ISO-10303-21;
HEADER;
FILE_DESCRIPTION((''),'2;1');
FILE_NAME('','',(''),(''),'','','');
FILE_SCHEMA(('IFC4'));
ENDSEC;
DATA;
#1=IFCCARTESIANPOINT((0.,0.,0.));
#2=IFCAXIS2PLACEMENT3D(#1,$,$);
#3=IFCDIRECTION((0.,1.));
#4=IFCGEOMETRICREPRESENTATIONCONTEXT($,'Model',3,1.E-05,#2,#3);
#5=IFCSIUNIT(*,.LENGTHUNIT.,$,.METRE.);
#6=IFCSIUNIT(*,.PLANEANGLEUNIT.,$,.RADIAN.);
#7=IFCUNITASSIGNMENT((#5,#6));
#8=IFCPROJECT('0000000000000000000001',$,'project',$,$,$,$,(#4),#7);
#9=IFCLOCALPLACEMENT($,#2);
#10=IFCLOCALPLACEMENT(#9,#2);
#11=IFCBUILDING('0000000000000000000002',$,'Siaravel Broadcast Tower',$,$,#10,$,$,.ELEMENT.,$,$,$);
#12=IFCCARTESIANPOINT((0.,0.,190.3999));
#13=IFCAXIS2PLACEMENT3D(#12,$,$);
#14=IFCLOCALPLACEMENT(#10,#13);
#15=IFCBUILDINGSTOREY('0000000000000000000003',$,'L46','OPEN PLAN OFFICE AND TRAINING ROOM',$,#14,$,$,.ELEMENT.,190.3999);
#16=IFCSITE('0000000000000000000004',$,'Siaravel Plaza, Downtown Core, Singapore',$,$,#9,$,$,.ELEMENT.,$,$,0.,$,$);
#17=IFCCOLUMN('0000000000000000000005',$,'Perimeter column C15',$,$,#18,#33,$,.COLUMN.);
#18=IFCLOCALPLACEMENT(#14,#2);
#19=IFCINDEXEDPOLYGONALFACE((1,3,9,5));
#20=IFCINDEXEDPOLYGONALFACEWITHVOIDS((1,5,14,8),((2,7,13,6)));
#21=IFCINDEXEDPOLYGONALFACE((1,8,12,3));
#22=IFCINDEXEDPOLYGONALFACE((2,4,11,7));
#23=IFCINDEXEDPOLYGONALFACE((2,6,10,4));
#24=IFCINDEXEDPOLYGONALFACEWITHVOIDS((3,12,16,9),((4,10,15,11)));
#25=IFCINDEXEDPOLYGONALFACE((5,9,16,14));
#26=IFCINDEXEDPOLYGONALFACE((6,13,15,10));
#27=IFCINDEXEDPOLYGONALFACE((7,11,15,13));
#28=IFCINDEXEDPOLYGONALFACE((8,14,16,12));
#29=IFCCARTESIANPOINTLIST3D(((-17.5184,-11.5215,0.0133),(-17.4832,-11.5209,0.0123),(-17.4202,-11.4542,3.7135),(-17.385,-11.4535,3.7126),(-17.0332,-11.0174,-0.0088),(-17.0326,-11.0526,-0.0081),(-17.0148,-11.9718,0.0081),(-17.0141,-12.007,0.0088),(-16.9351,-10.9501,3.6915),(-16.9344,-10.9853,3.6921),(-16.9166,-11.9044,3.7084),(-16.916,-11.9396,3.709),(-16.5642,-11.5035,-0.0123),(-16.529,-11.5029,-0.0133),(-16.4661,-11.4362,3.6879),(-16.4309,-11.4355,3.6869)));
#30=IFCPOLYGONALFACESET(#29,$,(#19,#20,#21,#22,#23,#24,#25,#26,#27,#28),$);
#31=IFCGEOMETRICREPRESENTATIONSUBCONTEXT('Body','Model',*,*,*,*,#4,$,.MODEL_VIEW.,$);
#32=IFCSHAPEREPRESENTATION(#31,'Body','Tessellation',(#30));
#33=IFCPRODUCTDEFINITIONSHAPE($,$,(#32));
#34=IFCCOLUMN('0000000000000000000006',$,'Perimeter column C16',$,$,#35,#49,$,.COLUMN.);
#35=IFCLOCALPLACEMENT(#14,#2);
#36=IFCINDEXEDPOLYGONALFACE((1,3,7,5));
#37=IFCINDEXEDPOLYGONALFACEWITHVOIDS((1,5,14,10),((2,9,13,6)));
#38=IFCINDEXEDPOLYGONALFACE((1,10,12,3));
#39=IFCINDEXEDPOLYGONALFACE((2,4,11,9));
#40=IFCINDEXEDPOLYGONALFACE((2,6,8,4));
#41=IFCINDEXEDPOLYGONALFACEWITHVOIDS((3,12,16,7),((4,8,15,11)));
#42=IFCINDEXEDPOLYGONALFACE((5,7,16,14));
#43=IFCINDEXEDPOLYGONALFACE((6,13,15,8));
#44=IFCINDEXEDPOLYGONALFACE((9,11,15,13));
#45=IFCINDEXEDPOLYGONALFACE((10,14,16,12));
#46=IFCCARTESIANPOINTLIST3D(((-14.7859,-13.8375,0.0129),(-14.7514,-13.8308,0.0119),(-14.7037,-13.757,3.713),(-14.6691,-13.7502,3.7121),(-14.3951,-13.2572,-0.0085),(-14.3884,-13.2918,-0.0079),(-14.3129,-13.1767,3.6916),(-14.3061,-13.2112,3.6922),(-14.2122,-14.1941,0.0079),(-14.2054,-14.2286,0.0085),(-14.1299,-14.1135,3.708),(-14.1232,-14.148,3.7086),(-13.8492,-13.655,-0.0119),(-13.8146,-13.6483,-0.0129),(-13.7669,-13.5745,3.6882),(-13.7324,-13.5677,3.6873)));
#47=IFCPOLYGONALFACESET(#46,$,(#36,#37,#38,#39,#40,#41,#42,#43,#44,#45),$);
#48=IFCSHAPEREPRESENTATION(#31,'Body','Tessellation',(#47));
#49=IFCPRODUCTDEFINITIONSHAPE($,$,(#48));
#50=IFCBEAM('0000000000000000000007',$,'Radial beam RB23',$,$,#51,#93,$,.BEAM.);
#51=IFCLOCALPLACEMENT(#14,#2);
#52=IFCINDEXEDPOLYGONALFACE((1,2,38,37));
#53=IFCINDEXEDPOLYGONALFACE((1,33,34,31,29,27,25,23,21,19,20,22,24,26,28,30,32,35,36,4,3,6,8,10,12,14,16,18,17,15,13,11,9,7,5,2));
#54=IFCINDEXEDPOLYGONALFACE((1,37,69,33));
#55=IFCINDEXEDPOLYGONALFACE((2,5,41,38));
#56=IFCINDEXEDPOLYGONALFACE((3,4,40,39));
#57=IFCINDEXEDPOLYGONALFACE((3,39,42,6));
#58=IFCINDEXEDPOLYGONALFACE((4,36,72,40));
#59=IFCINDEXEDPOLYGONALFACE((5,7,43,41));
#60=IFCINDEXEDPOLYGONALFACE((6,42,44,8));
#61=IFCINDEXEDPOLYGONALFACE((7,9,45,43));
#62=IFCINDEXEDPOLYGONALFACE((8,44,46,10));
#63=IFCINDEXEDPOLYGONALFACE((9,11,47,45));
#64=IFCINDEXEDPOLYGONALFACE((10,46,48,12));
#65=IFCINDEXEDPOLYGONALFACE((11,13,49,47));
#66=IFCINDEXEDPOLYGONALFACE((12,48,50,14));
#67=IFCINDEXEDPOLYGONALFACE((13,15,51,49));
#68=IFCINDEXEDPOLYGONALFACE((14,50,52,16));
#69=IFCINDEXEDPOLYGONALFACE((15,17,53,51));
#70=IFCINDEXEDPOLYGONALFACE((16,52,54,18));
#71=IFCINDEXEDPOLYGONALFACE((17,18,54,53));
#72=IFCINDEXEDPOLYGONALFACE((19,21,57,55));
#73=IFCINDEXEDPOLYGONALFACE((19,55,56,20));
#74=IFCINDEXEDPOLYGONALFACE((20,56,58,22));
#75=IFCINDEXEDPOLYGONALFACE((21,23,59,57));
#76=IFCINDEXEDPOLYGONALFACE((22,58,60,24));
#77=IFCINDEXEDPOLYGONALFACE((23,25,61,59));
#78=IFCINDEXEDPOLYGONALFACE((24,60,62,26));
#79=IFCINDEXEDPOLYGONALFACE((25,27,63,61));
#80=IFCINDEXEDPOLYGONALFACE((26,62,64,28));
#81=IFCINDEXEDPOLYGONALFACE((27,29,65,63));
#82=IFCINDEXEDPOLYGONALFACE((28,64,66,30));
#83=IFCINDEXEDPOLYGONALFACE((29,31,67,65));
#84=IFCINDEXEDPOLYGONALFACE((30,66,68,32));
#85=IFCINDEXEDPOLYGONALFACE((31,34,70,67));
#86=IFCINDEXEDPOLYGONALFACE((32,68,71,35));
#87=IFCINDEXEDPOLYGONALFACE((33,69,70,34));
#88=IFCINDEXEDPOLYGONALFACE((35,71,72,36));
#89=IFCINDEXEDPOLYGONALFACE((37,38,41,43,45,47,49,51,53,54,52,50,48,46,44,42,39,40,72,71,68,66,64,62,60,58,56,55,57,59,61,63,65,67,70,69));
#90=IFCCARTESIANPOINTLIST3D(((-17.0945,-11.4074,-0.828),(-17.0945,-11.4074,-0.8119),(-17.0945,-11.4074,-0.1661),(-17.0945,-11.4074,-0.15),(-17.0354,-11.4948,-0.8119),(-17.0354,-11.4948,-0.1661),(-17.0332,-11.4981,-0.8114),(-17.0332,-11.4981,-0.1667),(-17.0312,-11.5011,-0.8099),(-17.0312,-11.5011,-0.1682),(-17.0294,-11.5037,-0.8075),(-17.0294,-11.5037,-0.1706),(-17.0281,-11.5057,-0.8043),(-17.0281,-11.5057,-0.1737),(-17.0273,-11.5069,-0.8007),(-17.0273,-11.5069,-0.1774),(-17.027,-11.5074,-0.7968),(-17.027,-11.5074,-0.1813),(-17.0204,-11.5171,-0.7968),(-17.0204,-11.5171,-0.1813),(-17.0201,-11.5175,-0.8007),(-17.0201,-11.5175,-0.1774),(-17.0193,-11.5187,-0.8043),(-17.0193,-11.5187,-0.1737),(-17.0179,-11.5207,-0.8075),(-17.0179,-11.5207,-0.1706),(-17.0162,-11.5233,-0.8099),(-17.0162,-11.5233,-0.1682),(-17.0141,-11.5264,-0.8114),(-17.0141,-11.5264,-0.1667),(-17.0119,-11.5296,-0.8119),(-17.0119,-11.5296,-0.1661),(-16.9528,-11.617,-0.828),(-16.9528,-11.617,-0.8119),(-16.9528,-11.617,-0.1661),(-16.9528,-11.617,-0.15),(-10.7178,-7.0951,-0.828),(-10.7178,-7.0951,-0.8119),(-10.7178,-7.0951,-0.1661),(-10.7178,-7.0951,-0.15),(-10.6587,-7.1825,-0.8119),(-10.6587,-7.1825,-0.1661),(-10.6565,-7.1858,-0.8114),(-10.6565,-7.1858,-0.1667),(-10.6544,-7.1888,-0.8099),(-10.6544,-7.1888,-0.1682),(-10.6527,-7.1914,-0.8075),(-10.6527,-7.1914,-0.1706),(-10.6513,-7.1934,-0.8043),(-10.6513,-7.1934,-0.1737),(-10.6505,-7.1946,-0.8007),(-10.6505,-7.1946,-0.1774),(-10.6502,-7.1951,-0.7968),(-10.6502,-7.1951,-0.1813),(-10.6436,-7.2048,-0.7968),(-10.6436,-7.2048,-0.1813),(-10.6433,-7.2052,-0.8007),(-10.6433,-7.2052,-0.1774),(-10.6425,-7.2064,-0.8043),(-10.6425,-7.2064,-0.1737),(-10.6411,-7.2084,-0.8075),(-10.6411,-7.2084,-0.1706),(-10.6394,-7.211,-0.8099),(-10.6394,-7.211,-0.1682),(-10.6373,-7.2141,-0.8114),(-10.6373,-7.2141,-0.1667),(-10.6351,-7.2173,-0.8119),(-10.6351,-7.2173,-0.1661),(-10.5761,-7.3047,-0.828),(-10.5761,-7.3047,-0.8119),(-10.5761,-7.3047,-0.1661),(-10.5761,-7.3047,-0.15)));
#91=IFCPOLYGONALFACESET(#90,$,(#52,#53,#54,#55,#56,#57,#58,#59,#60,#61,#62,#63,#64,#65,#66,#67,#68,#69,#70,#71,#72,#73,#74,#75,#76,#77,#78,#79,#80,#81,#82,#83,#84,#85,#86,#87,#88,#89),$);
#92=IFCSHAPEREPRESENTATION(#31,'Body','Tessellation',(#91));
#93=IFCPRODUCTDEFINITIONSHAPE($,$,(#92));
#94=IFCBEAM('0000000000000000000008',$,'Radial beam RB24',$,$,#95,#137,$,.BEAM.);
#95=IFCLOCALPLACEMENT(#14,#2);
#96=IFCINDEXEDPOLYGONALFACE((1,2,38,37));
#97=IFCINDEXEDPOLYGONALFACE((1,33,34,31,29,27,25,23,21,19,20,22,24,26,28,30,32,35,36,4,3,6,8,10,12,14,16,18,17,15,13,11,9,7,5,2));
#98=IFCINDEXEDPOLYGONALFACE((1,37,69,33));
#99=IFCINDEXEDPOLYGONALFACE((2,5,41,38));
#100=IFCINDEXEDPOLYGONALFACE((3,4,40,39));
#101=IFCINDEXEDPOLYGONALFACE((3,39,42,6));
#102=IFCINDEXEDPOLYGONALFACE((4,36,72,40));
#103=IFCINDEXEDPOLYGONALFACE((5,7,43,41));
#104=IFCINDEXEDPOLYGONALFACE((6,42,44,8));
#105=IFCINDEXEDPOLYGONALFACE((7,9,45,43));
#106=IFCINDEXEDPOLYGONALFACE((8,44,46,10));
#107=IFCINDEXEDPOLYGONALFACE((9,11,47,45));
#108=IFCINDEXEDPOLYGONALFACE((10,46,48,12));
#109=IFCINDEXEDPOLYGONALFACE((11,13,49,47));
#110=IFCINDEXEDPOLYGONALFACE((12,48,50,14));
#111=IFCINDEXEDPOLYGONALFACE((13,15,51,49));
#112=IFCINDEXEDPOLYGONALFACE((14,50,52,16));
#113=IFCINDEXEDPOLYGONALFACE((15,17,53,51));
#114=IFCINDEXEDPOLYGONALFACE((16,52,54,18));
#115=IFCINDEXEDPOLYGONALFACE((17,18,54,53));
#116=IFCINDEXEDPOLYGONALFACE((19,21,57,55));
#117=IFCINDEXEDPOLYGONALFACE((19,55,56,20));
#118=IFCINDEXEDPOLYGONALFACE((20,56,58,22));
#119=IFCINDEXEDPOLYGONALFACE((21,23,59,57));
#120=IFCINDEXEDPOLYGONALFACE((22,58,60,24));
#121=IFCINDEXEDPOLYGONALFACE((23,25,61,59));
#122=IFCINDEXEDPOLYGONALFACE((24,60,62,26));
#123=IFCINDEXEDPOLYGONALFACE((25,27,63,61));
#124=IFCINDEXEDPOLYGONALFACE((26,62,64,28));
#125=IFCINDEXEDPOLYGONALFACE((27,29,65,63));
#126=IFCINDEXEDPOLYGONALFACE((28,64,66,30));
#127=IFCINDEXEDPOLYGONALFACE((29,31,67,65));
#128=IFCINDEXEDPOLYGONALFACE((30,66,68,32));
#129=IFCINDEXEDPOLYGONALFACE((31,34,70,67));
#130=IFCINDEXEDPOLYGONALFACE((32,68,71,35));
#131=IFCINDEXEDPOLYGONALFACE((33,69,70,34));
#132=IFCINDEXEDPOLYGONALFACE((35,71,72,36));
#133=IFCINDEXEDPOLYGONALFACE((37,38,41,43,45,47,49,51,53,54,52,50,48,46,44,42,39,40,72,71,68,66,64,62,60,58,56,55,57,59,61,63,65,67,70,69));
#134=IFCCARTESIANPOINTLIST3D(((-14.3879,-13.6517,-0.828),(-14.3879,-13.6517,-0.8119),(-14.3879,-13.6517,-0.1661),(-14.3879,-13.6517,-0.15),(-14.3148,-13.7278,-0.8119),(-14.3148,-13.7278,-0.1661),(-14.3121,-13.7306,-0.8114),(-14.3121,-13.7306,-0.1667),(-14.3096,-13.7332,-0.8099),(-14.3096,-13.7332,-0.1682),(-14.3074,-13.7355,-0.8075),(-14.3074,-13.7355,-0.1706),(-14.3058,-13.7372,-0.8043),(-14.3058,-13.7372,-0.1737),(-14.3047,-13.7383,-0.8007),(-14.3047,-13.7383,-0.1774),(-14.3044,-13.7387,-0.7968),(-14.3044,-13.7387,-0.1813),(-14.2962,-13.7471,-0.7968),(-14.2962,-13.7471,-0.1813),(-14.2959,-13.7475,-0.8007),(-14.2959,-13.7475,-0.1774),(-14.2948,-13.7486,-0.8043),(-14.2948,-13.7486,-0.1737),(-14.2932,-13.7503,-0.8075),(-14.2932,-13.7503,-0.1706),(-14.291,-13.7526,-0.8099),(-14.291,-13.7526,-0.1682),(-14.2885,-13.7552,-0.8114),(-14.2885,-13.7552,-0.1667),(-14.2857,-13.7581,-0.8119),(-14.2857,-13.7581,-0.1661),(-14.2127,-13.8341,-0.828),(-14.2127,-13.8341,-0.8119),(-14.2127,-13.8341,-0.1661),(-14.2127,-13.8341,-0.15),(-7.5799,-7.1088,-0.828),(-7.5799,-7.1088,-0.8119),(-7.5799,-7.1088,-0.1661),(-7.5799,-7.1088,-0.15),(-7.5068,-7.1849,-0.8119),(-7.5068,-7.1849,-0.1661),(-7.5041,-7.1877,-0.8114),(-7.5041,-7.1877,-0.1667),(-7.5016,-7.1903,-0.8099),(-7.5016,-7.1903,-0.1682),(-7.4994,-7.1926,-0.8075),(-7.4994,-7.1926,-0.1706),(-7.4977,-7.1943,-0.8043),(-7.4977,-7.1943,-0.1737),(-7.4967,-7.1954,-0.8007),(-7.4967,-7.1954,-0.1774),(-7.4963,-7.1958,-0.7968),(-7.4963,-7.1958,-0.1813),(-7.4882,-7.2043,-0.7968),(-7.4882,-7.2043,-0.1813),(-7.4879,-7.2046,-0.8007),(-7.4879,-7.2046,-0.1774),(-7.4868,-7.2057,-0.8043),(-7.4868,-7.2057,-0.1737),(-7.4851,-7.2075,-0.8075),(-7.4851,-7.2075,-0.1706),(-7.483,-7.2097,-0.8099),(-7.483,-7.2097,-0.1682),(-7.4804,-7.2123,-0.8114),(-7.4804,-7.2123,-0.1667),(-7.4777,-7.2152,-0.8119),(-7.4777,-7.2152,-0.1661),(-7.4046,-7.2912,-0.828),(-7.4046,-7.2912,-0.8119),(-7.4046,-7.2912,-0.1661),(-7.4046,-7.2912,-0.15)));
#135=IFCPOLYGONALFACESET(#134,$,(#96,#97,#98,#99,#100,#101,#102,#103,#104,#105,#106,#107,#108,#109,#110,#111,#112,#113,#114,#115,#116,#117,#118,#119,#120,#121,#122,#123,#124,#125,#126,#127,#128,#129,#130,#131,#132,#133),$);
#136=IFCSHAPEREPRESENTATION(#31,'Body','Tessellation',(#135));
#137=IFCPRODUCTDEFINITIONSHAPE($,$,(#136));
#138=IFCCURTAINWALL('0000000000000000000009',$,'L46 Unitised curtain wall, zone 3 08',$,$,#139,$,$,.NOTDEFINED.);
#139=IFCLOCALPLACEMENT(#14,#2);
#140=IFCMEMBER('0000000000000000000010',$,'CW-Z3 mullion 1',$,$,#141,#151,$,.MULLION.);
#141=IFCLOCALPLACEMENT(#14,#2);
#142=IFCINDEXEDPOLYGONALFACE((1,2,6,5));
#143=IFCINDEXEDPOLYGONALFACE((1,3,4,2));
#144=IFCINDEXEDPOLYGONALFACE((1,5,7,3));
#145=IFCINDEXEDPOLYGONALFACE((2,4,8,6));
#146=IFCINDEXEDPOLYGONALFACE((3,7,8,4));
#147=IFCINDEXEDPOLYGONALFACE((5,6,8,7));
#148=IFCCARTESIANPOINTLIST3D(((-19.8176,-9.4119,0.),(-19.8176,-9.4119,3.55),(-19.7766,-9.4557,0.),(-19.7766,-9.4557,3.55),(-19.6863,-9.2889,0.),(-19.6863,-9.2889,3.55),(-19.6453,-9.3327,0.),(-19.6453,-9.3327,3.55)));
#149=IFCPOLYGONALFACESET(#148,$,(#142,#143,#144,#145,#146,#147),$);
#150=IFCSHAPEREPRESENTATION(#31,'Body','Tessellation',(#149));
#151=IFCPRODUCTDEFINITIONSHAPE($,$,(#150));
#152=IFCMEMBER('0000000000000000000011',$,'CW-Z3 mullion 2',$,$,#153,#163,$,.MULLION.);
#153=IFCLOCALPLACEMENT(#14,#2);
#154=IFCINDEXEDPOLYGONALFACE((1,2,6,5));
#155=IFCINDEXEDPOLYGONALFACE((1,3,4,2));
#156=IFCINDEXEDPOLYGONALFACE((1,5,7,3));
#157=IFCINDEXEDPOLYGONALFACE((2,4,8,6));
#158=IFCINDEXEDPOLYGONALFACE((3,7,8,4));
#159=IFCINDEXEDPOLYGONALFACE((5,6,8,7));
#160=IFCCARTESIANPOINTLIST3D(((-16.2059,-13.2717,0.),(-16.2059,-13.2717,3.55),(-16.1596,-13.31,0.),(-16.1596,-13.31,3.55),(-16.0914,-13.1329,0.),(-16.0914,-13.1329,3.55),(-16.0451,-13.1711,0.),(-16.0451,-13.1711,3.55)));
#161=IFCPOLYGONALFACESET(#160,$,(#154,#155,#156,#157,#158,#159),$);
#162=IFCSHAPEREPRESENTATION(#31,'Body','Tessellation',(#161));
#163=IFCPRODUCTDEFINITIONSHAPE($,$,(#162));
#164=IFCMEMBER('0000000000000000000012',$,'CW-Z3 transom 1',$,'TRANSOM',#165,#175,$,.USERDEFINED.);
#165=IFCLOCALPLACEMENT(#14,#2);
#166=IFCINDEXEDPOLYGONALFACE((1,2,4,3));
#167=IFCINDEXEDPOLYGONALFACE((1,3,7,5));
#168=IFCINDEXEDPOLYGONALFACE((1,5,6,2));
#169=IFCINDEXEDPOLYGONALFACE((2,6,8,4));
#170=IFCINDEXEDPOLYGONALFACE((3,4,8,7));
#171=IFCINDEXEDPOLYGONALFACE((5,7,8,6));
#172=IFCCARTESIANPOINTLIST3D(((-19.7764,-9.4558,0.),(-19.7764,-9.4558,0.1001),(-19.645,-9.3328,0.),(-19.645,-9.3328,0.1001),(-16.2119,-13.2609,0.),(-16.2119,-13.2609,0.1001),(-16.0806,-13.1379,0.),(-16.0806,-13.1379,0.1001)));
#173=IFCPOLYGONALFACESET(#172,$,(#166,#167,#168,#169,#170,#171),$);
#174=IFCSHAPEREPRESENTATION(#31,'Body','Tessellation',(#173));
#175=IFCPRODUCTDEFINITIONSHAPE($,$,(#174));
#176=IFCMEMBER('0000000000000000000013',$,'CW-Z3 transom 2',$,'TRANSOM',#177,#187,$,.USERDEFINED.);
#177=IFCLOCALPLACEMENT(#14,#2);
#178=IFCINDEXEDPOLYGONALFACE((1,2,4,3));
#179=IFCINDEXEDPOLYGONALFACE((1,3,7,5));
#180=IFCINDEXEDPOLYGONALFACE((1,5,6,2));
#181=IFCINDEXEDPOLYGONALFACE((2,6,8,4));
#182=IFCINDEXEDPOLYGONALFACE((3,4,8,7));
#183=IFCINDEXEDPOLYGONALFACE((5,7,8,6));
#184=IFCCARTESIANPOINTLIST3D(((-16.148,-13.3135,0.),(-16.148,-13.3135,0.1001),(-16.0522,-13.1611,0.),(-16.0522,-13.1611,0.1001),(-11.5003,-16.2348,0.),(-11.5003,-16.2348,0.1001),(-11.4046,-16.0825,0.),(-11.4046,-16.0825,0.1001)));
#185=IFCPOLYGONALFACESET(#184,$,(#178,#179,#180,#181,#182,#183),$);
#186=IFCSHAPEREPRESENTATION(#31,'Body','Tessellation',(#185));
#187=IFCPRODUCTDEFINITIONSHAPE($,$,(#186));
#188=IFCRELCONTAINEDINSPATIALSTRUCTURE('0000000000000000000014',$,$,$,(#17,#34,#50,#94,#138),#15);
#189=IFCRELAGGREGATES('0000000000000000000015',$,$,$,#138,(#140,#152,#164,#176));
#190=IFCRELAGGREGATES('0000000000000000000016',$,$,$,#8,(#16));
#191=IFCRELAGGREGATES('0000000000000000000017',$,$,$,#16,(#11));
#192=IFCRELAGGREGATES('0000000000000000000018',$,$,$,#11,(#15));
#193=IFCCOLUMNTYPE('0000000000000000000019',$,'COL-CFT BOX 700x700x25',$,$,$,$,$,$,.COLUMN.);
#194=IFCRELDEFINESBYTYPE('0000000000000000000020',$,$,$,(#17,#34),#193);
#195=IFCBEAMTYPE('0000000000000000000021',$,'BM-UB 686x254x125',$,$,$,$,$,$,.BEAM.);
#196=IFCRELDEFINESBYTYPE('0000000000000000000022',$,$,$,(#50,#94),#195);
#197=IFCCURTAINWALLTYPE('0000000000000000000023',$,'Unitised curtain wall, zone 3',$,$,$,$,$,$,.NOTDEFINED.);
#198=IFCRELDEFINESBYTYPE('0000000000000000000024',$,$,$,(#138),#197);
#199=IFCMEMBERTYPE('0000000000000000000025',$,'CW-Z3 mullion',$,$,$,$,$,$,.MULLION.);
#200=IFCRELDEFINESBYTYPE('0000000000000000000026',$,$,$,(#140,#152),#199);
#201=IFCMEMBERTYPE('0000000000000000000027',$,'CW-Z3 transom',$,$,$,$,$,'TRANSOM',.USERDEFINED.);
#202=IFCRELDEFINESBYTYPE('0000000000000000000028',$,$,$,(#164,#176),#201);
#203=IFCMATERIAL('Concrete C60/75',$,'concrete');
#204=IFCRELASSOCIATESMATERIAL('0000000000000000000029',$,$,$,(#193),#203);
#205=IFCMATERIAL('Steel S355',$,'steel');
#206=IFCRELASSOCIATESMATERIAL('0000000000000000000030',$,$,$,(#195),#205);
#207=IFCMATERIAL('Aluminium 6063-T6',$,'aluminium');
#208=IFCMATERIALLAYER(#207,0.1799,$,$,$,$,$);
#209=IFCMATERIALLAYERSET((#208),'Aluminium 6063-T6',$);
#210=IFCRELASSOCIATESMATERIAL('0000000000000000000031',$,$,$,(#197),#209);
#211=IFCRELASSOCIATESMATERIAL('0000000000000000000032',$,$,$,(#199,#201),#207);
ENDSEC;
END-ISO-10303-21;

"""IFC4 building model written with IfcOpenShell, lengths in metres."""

from ifc_helpers import new_model, si_unit, direction, frame, origin, origin_2d, place, context, subcontext, project, spatial, rectangle, hollow_rectangle, i_section, extrude, material, layer, layer_set, material_profile, profile_set, type_object, element, aggregate, save


model = new_model("IFC4")

# Units and contexts
model_context = context("Model", 3, precision=1e-05, world=origin(), true_north=direction((0.0, 1.0)))
body_context = subcontext(model_context, "Body", "Model", "MODEL_VIEW")
ifc_project = project(units=[si_unit("LENGTHUNIT", "METRE"), si_unit("PLANEANGLEUNIT", "RADIAN")], contexts=[model_context])

# Site, building, storey
site_placement = place(None, origin())
site = spatial("IfcSite", under=ifc_project, at=site_placement, Name="Siaravel Plaza, Downtown Core, Singapore", CompositionType="ELEMENT", RefElevation=0.0)
building_placement = place(site_placement, origin())
building = spatial("IfcBuilding", under=site, at=building_placement, Name="Siaravel Broadcast Tower", CompositionType="ELEMENT")
storey_placement = place(building_placement, frame((0.0, 0.0, 190.3999)))
storey = spatial("IfcBuildingStorey", under=building, at=storey_placement, Name="L46", Description="OPEN PLAN OFFICE AND TRAINING ROOM", CompositionType="ELEMENT", Elevation=190.3999)

# Columns
ifc_material_1 = material(Name="Concrete C60/75", Category="concrete")
ifc_material_profile_1 = material_profile(ifc_material_1, hollow_rectangle(XDim=0.7, YDim=0.7, WallThickness=0.0249, at=origin_2d()))
ifc_profile_set_1 = profile_set([ifc_material_profile_1], Name="Concrete C60/75")
column_type = type_object("IfcColumnType", Name="COL-CFT BOX 700x700x25", PredefinedType="COLUMN", material=ifc_profile_set_1)
column_1_placement = place(storey_placement, frame((-17.0237, -11.5122, 0.0), z_axis=(0.02651, 0.018201, 0.999483), x_axis=(-0.720395, 0.693534, 0.006478)))
element("IfcColumn", 1, at=column_1_placement, inside=storey, type_object=column_type, Name="Perimeter column C15", PredefinedType="COLUMN", context=body_context, shape_type="SweptSolid", body=[
    extrude(hollow_rectangle(XDim=0.7, YDim=0.7, WallThickness=0.0249, at=origin_2d()), origin(), (0.0, 0.0, 1.0), 3.7021),
])
column_2_placement = place(storey_placement, frame((-14.3003, -13.7429, 0.0), z_axis=(0.022225, 0.021763, 0.999516), x_axis=(-0.829326, 0.55873, 0.006275)))
element("IfcColumn", 2, at=column_2_placement, inside=storey, type_object=column_type, Name="Perimeter column C16", PredefinedType="COLUMN", context=body_context, shape_type="SweptSolid", body=[
    extrude(hollow_rectangle(XDim=0.7, YDim=0.7, WallThickness=0.0249, at=origin_2d()), origin(), (0.0, 0.0, 1.0), 3.7019),
])

# Beams
ifc_material_2 = material(Name="Steel S355", Category="steel")
ifc_material_profile_2 = material_profile(ifc_material_2, i_section(OverallWidth=0.2529, OverallDepth=0.678, WebThickness=0.0117, FlangeThickness=0.0161, FilletRadius=0.0151, at=origin_2d()))
ifc_profile_set_2 = profile_set([ifc_material_profile_2], Name="Steel S355")
beam_type = type_object("IfcBeamType", Name="BM-UB 686x254x125", PredefinedType="BEAM", material=ifc_profile_set_2)
beam_1_placement = place(storey_placement, frame((-17.0237, -11.5122, -0.489), z_axis=(0.828368, 0.560185, 0.0), x_axis=(-0.560185, 0.828368, 0.0)))
element("IfcBeam", 3, at=beam_1_placement, inside=storey, type_object=beam_type, Name="Radial beam RB23", PredefinedType="BEAM", context=body_context, shape_type="SweptSolid", body=[
    extrude(i_section(OverallWidth=0.2529, OverallDepth=0.678, WebThickness=0.0117, FlangeThickness=0.0161, FilletRadius=0.0151, at=origin_2d()), origin(), (0.0, 0.0, 1.0), 7.698),
])
beam_2_placement = place(storey_placement, frame((-14.3003, -13.7429, -0.489), z_axis=(0.721007, 0.692928, 0.0), x_axis=(-0.692928, 0.721007, 0.0)))
element("IfcBeam", 4, at=beam_2_placement, inside=storey, type_object=beam_type, Name="Radial beam RB24", PredefinedType="BEAM", context=body_context, shape_type="SweptSolid", body=[
    extrude(i_section(OverallWidth=0.2529, OverallDepth=0.678, WebThickness=0.0117, FlangeThickness=0.0161, FilletRadius=0.0151, at=origin_2d()), origin(), (0.0, 0.0, 1.0), 9.4424),
])

# Curtain wall, members
ifc_material_3 = material(Name="Aluminium 6063-T6", Category="aluminium")
ifc_layer_1 = layer(ifc_material_3, 0.1799)
ifc_layer_set_1 = layer_set([ifc_layer_1], Name="Aluminium 6063-T6")
curtain_wall_type = type_object("IfcCurtainWallType", Name="Unitised curtain wall, zone 3", PredefinedType="NOTDEFINED", material=ifc_layer_set_1)
curtain_wall_placement = place(storey_placement, origin())
curtain_wall = element("IfcCurtainWall", 5, at=curtain_wall_placement, inside=storey, type_object=curtain_wall_type, Name="L46 Unitised curtain wall, zone 3 08", PredefinedType="NOTDEFINED")
ifc_material_profile_3 = material_profile(ifc_material_3, rectangle(XDim=0.1799, YDim=0.0601, at=origin_2d()))
ifc_profile_set_3 = profile_set([ifc_material_profile_3], Name="Aluminium 6063-T6")
member_type_1 = type_object("IfcMemberType", Name="CW-Z3 mullion", PredefinedType="MULLION", material=ifc_profile_set_3)
member_1_placement = place(storey_placement, frame((-19.7314, -9.3723, 0.0), z_axis=(0.0, 0.0, 1.0), x_axis=(0.729805, 0.683655, 0.0)))
member_1 = element("IfcMember", 6, at=member_1_placement, type_object=member_type_1, Name="CW-Z3 mullion 1", PredefinedType="MULLION", context=body_context, shape_type="SweptSolid", body=[
    extrude(rectangle(XDim=0.1799, YDim=0.0601, at=origin_2d()), origin(), (0.0, 0.0, 1.0), 3.55),
])
member_2_placement = place(storey_placement, frame((-16.1255, -13.2214, 0.0), z_axis=(0.0, 0.0, 1.0), x_axis=(0.636219, 0.771509, 0.0)))
member_2 = element("IfcMember", 7, at=member_2_placement, type_object=member_type_1, Name="CW-Z3 mullion 2", PredefinedType="MULLION", context=body_context, shape_type="SweptSolid", body=[
    extrude(rectangle(XDim=0.1799, YDim=0.0601, at=origin_2d()), origin(), (0.0, 0.0, 1.0), 3.55),
])
ifc_material_profile_4 = material_profile(ifc_material_3, rectangle(XDim=0.1799, YDim=0.1001, at=origin_2d()))
ifc_profile_set_4 = profile_set([ifc_material_profile_4], Name="Aluminium 6063-T6")
member_type_2 = type_object("IfcMemberType", Name="CW-Z3 transom", ElementType="TRANSOM", PredefinedType="USERDEFINED", material=ifc_profile_set_4)
member_3_placement = place(storey_placement, frame((-19.7107, -9.3943, 0.05), z_axis=(0.683645, -0.729815, 0.0), x_axis=(0.729815, 0.683645, 0.0)))
member_3 = element("IfcMember", 8, at=member_3_placement, type_object=member_type_2, Name="CW-Z3 transom 1", ObjectType="TRANSOM", PredefinedType="USERDEFINED", context=body_context, shape_type="SweptSolid", body=[
    extrude(rectangle(XDim=0.1799, YDim=0.1001, at=origin_2d()), origin(), (0.0, 0.0, 1.0), 5.2139),
])
member_4_placement = place(storey_placement, frame((-16.1001, -13.2373, 0.05), z_axis=(0.846639, -0.532168, 0.0), x_axis=(0.532168, 0.846639, 0.0)))
member_4 = element("IfcMember", 9, at=member_4_placement, type_object=member_type_2, Name="CW-Z3 transom 2", ObjectType="TRANSOM", PredefinedType="USERDEFINED", context=body_context, shape_type="SweptSolid", body=[
    extrude(rectangle(XDim=0.1799, YDim=0.1001, at=origin_2d()), origin(), (0.0, 0.0, 1.0), 5.4895),
])

aggregate(curtain_wall, [member_1, member_2, member_3, member_4])

save(model, "model.ifc")
